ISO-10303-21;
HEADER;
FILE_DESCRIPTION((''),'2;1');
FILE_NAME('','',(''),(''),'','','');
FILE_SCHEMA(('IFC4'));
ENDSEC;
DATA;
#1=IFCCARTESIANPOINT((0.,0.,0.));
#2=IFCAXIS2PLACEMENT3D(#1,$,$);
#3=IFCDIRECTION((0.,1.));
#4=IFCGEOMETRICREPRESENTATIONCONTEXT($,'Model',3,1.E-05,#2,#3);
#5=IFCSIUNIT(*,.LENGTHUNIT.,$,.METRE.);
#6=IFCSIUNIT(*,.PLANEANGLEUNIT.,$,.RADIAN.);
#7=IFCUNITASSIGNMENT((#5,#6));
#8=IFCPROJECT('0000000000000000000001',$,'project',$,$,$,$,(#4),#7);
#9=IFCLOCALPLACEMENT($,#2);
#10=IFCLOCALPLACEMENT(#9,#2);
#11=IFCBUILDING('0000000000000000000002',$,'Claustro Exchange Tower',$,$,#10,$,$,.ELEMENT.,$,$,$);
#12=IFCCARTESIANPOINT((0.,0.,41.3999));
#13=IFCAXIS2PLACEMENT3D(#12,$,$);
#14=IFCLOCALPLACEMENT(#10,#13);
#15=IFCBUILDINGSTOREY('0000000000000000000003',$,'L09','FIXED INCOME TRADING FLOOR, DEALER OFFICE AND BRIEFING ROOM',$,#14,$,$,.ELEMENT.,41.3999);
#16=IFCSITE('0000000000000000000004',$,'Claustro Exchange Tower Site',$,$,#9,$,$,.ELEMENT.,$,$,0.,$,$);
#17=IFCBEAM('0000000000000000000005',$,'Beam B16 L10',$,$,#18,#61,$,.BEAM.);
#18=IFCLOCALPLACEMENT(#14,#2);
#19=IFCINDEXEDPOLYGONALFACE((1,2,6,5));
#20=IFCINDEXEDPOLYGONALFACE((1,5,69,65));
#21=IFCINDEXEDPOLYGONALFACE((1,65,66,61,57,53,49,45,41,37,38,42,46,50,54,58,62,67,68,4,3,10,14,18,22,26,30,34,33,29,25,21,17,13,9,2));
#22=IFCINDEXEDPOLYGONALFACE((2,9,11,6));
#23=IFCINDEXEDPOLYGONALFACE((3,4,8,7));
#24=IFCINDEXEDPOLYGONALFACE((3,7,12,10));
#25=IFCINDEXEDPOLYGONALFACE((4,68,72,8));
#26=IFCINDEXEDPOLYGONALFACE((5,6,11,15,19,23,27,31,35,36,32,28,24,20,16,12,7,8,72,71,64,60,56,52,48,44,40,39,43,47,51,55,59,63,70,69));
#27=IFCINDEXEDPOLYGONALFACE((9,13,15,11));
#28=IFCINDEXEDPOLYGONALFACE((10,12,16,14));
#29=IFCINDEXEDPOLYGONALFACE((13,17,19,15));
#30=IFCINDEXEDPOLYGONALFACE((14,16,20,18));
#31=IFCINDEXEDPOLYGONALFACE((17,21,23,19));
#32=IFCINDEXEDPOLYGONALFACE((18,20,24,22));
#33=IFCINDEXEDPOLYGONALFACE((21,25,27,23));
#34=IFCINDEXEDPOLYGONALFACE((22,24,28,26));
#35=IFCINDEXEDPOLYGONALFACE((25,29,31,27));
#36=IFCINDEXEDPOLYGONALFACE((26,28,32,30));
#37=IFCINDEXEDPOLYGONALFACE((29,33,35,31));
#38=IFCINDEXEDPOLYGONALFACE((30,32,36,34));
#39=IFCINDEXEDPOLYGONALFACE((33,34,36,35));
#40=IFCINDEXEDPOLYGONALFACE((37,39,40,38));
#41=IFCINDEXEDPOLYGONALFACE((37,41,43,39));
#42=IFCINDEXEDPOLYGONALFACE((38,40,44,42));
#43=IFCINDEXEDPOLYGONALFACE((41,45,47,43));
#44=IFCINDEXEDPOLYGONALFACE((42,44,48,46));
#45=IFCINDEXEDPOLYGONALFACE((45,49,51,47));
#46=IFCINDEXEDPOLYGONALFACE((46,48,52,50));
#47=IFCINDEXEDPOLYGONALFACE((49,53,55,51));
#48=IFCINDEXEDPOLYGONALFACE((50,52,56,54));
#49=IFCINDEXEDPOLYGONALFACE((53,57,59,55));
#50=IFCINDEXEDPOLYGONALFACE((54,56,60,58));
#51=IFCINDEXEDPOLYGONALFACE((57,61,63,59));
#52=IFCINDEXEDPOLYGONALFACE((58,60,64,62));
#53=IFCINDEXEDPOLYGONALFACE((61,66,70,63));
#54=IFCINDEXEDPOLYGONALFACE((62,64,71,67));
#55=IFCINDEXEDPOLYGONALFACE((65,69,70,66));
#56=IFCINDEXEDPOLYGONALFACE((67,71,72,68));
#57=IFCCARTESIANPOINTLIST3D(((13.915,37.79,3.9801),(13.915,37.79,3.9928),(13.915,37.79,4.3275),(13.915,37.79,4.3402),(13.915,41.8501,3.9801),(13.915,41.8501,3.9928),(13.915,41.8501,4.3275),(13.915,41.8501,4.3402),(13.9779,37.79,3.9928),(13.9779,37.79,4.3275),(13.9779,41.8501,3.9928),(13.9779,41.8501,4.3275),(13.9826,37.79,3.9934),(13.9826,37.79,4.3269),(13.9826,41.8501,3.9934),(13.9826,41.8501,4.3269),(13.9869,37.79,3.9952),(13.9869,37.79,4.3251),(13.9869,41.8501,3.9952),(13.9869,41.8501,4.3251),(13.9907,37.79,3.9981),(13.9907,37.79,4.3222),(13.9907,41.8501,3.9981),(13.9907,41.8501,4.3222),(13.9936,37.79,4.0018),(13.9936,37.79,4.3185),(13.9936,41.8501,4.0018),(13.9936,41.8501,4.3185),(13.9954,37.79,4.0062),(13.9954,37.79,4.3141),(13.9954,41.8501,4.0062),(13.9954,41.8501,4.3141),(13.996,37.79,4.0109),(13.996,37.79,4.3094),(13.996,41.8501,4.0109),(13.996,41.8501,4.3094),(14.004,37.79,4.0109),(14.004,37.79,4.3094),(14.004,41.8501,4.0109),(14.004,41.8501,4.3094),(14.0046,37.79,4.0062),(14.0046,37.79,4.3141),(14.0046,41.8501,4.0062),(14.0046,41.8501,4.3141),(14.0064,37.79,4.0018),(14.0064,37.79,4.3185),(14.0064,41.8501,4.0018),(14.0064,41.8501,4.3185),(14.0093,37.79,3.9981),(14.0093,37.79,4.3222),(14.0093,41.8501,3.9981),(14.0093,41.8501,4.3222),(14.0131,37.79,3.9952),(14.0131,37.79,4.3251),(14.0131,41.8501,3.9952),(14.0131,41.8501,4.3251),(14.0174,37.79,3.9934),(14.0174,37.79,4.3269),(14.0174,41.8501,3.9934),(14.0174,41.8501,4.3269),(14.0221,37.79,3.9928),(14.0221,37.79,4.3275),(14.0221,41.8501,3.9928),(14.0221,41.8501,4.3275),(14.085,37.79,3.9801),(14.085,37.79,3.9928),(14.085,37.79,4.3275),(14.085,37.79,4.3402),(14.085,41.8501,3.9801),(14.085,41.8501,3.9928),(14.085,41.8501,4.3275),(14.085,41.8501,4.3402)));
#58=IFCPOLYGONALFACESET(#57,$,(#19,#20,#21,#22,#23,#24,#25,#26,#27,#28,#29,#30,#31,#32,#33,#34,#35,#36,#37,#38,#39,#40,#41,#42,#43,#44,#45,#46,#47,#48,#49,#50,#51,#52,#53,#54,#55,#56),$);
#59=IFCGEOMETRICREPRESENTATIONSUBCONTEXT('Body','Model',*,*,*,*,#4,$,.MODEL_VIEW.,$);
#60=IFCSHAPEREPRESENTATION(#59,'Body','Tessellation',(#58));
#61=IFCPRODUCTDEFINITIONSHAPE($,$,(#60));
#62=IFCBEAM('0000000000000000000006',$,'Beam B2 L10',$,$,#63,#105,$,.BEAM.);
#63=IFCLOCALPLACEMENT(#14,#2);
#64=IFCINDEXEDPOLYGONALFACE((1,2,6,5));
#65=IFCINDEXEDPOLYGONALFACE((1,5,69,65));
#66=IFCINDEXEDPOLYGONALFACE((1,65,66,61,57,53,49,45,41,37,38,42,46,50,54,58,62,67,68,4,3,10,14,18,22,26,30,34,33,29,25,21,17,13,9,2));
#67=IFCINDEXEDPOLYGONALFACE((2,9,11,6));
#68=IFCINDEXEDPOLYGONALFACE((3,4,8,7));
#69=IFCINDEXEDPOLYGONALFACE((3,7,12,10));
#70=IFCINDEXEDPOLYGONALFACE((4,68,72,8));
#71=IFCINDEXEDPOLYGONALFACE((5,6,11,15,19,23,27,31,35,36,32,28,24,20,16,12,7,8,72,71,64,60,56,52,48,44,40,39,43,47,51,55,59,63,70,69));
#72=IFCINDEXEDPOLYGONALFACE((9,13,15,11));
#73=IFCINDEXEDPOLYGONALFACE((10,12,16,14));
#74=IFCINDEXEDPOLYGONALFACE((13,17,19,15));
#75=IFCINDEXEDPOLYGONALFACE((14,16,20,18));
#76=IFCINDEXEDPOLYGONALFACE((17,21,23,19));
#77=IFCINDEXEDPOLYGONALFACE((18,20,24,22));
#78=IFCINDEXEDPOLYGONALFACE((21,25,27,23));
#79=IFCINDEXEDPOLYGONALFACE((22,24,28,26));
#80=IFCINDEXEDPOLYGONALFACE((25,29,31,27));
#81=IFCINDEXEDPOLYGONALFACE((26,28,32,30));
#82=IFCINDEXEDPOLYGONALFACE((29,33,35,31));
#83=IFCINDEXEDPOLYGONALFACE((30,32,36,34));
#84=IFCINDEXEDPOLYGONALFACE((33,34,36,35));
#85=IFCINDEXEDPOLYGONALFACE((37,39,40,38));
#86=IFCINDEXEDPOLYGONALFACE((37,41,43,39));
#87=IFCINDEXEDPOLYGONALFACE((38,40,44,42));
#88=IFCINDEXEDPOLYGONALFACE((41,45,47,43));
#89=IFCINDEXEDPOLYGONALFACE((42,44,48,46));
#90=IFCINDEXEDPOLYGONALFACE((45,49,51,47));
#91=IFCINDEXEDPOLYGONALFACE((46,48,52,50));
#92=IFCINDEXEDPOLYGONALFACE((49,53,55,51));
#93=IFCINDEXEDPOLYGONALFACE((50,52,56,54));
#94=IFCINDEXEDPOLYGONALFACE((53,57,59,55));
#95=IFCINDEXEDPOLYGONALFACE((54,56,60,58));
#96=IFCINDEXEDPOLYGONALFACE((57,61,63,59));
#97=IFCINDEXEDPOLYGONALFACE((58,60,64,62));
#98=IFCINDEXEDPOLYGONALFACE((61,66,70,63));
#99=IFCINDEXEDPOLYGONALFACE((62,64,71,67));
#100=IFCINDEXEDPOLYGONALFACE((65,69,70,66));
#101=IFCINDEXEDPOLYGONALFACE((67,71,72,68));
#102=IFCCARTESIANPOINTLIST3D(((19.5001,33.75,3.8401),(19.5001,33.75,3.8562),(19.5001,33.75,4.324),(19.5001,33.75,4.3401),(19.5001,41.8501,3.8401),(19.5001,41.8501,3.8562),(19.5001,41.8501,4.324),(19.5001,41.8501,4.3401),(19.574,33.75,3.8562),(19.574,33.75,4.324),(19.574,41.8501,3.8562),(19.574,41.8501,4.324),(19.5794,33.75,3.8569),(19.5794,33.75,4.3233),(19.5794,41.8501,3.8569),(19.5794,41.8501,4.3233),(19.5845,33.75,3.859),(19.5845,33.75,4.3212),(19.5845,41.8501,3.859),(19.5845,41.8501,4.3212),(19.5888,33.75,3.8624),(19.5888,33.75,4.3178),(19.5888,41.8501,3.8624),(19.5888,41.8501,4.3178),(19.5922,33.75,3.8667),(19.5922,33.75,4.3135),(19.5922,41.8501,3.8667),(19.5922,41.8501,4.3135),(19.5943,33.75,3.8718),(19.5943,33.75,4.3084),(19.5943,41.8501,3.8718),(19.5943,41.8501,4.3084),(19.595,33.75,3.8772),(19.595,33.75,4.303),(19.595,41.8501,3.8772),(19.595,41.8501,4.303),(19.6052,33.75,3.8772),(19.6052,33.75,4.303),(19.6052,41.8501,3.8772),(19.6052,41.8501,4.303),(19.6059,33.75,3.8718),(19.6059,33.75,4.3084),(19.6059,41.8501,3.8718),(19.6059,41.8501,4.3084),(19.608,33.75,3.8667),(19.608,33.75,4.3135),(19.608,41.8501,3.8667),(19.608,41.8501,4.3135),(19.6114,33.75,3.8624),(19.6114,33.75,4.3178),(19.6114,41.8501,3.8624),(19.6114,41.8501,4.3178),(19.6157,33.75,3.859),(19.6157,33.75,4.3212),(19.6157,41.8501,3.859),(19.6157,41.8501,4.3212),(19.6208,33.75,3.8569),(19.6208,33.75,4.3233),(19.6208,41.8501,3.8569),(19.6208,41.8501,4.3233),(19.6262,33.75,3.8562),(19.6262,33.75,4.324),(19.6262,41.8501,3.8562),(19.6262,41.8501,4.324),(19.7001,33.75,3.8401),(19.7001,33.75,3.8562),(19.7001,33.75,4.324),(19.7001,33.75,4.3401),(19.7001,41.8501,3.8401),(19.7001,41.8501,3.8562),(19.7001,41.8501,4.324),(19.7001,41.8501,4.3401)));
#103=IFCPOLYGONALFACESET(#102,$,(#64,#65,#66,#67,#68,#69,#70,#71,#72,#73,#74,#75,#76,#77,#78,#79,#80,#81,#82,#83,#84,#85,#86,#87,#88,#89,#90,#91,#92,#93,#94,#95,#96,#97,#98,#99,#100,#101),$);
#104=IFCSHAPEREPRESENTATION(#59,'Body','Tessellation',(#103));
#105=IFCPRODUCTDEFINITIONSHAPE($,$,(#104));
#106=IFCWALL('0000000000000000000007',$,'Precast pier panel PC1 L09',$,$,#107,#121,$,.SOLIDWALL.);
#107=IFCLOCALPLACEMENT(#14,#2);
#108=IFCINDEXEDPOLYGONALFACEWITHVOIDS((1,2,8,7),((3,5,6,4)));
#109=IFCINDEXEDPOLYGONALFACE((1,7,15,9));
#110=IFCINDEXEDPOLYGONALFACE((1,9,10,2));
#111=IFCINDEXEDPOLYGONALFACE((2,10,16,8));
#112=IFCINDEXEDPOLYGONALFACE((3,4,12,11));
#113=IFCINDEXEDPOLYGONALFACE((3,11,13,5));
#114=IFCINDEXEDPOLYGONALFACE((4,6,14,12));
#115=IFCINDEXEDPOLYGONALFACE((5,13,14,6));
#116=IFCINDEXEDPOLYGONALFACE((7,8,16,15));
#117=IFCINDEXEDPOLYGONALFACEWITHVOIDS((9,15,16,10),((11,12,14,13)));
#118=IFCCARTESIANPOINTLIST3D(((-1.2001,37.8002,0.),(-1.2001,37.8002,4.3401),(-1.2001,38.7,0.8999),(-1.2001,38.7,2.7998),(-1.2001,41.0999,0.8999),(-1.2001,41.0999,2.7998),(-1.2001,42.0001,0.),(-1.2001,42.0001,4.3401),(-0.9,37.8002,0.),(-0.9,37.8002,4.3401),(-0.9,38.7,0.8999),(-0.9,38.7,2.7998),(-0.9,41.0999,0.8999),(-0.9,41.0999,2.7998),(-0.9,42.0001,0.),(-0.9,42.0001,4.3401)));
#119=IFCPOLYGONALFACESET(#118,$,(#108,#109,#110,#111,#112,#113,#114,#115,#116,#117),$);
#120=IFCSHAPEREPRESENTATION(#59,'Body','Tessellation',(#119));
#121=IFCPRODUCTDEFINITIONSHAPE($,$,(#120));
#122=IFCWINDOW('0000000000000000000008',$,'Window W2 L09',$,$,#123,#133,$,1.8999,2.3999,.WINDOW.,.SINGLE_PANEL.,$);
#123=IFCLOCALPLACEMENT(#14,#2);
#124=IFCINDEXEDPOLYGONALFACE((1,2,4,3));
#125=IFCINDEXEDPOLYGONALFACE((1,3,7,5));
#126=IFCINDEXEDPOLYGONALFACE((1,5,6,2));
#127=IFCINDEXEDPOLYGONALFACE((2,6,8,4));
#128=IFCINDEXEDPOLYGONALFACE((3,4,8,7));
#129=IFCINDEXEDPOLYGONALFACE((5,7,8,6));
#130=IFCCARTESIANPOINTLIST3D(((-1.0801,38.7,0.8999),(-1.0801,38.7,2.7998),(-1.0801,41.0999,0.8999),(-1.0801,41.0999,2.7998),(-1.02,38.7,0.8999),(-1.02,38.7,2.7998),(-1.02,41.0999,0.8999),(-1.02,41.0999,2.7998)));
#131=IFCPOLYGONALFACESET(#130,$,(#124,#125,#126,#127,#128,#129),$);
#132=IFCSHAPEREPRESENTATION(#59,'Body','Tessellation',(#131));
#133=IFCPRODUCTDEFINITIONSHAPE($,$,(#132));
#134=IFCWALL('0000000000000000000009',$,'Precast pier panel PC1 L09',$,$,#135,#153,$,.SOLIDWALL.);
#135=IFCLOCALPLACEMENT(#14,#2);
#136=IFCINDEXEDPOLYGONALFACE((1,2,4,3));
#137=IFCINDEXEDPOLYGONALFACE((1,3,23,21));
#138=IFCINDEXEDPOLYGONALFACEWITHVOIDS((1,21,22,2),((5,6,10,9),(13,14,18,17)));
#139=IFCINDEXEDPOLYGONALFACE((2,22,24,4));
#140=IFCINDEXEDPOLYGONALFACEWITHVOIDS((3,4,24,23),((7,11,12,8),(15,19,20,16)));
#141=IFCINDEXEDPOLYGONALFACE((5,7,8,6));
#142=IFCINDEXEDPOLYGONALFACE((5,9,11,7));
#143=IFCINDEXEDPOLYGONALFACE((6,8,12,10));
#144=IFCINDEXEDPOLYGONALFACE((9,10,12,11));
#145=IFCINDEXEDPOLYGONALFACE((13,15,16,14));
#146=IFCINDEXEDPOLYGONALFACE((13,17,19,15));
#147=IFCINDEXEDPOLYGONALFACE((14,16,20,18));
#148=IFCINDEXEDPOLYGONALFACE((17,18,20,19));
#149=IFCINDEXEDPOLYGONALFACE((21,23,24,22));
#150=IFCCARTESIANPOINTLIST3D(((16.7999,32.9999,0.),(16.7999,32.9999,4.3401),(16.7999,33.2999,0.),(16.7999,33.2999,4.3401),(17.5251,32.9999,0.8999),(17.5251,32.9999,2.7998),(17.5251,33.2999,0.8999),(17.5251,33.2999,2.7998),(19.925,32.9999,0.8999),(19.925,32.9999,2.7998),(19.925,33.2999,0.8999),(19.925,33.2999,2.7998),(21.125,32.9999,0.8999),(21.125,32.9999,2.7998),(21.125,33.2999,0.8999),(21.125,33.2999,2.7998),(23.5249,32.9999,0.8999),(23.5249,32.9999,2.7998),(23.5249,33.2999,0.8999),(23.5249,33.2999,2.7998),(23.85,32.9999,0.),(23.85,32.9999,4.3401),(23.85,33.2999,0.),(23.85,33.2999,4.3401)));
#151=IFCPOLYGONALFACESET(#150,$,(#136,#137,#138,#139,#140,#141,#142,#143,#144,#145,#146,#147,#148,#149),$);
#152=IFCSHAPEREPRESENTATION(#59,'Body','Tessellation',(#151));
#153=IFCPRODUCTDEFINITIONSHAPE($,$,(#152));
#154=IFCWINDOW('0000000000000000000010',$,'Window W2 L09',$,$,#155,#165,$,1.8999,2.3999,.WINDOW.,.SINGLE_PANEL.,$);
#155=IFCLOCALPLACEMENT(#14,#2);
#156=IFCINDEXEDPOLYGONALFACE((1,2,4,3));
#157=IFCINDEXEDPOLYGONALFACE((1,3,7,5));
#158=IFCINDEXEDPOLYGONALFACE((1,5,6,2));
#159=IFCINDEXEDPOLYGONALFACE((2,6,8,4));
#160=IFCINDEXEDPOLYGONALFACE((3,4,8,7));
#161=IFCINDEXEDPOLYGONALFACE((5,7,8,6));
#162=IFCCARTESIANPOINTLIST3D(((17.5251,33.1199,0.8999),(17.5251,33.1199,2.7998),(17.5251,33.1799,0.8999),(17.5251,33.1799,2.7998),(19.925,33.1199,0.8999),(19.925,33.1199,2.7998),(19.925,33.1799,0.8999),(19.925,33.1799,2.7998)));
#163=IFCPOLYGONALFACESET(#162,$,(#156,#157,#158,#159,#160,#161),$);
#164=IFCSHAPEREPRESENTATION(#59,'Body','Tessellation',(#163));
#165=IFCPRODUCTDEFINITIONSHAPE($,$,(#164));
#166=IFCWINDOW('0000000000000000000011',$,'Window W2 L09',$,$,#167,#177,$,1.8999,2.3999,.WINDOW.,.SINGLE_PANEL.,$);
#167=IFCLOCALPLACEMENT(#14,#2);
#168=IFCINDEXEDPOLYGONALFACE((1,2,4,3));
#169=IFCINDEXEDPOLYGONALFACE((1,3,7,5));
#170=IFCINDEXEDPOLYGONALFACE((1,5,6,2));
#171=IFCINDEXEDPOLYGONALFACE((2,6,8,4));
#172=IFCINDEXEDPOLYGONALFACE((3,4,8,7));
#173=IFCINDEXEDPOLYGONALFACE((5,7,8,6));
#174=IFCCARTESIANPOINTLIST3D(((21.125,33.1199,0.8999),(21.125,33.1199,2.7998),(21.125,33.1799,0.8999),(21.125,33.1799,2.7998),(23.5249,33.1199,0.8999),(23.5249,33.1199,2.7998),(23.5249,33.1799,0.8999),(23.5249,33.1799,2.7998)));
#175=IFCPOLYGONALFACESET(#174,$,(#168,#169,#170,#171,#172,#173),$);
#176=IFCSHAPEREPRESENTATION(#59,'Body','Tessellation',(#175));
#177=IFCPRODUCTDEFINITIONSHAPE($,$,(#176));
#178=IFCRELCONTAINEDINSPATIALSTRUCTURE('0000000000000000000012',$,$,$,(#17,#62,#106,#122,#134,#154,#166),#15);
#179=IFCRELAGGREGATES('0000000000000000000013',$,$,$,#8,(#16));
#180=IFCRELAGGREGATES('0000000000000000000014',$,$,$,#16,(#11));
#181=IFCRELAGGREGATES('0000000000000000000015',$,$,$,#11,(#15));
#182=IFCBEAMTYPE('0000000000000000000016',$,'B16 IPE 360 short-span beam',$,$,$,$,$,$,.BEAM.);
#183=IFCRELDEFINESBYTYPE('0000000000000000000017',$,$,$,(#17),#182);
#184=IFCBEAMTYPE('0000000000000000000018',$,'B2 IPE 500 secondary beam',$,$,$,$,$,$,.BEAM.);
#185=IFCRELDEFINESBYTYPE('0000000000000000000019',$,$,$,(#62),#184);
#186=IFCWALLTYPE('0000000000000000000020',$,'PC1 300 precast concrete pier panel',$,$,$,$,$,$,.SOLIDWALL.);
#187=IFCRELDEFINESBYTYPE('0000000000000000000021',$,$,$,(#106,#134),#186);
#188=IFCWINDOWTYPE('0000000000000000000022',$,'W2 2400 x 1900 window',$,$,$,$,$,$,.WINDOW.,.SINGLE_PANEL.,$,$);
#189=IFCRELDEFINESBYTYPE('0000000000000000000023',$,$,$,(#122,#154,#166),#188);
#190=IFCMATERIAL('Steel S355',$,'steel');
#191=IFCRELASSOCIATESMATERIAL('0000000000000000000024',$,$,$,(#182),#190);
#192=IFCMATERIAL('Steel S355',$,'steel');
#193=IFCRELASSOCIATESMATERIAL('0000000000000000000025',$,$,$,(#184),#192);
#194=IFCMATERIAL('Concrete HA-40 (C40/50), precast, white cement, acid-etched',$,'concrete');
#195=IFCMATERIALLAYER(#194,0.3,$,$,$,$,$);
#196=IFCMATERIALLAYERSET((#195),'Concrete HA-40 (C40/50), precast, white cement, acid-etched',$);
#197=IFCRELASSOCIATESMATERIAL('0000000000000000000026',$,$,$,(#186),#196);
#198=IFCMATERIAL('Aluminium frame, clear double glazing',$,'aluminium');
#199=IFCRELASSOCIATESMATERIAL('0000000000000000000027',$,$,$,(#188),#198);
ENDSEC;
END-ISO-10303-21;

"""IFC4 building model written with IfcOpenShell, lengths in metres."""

from ifc_helpers import new_model, si_unit, direction, frame, frame_2d, origin, origin_2d, place, context, subcontext, project, spatial, rectangle, i_section, extrude, material, layer, layer_set, material_profile, profile_set, type_object, element, fill, save


model = new_model("IFC4")

# Units and contexts
model_context = context("Model", 3, precision=1e-05, world=origin(), true_north=direction((0.0, 1.0)))
body_context = subcontext(model_context, "Body", "Model", "MODEL_VIEW")
ifc_project = project(units=[si_unit("LENGTHUNIT", "METRE"), si_unit("PLANEANGLEUNIT", "RADIAN")], contexts=[model_context])

# Site, building, storey
site_placement = place(None, origin())
site = spatial("IfcSite", under=ifc_project, at=site_placement, Name="Claustro Exchange Tower Site", CompositionType="ELEMENT", RefElevation=0.0)
building_placement = place(site_placement, origin())
building = spatial("IfcBuilding", under=site, at=building_placement, Name="Claustro Exchange Tower", CompositionType="ELEMENT")
storey_placement = place(building_placement, frame((0.0, 0.0, 41.3999)))
storey = spatial("IfcBuildingStorey", under=building, at=storey_placement, Name="L09", Description="FIXED INCOME TRADING FLOOR, DEALER OFFICE AND BRIEFING ROOM", CompositionType="ELEMENT", Elevation=41.3999)

# Beams
ifc_material_1 = material(Name="Steel S355", Category="steel")
ifc_material_profile_1 = material_profile(ifc_material_1, i_section(OverallWidth=0.1699, OverallDepth=0.3601, WebThickness=0.0081, FlangeThickness=0.0127, FilletRadius=0.0181, at=origin_2d()), Name="IPE 360")
ifc_profile_set_1 = profile_set([ifc_material_profile_1], Name="Steel S355")
beam_type_1 = type_object("IfcBeamType", Name="B16 IPE 360 short-span beam", PredefinedType="BEAM", material=ifc_profile_set_1)
for number, where, z_axis, x_axis, name in (
    (1, (14.0, 37.79, 4.1602), (0.0, 1.0, 0.0), (-1.0, 0.0, 0.0), "Beam B16 L10"),
):
    element("IfcBeam", number, at=place(storey_placement, frame(where, z_axis=z_axis, x_axis=x_axis)), inside=storey, type_object=beam_type_1, Name=name, PredefinedType="BEAM", context=body_context, shape_type="SweptSolid", body=[
        extrude(i_section(OverallWidth=0.1699, OverallDepth=0.3601, WebThickness=0.0081, FlangeThickness=0.0127, FilletRadius=0.0181, at=origin_2d()), origin(), (0.0, 0.0, 1.0), 4.0601),
    ])
ifc_material_2 = material(Name="Steel S355", Category="steel")
ifc_material_profile_2 = material_profile(ifc_material_2, i_section(OverallWidth=0.2, OverallDepth=0.5, WebThickness=0.0103, FlangeThickness=0.0161, FilletRadius=0.021, at=origin_2d()), Name="IPE 500")
ifc_profile_set_2 = profile_set([ifc_material_profile_2], Name="Steel S355")
beam_type_2 = type_object("IfcBeamType", Name="B2 IPE 500 secondary beam", PredefinedType="BEAM", material=ifc_profile_set_2)
beam_1_placement = place(storey_placement, frame((19.6001, 33.75, 4.0901), z_axis=(0.0, 1.0, 0.0), x_axis=(-1.0, 0.0, 0.0)))
element("IfcBeam", 2, at=beam_1_placement, inside=storey, type_object=beam_type_2, Name="Beam B2 L10", PredefinedType="BEAM", context=body_context, shape_type="SweptSolid", body=[
    extrude(i_section(OverallWidth=0.2, OverallDepth=0.5, WebThickness=0.0103, FlangeThickness=0.0161, FilletRadius=0.021, at=origin_2d()), origin(), (0.0, 0.0, 1.0), 8.1001),
])

# Wall, opening, window
ifc_material_3 = material(Name="Concrete HA-40 (C40/50), precast, white cement, acid-etched", Category="concrete")
ifc_layer_1 = layer(ifc_material_3, 0.3)
ifc_layer_set_1 = layer_set([ifc_layer_1], Name="Concrete HA-40 (C40/50), precast, white cement, acid-etched")
wall_type_1 = type_object("IfcWallType", Name="PC1 300 precast concrete pier panel", PredefinedType="SOLIDWALL", material=ifc_layer_set_1)
wall_1_placement = place(storey_placement, frame((-1.05, 37.8, 0.0), z_axis=(0.0, 0.0, 1.0), x_axis=(0.0, 1.0, 0.0)))
wall_1 = element("IfcWall", 3, at=wall_1_placement, inside=storey, type_object=wall_type_1, Name="Precast pier panel PC1 L09", PredefinedType="SOLIDWALL", context=body_context, shape_type="SweptSolid", body=[
    extrude(rectangle(XDim=4.2, YDim=0.3, at=frame_2d((2.1001, 0.0))), origin(), (0.0, 0.0, 1.0), 4.3401),
])
opening_1_placement = place(wall_1_placement, frame((0.8999, 0.0, 0.8999)))
opening_1 = element("IfcOpeningElement", 4, at=opening_1_placement, cuts=wall_1, PredefinedType="OPENING", context=body_context, shape_type="SweptSolid", body=[
    extrude(rectangle(XDim=2.3999, YDim=1.8999, at=frame_2d((1.2, 0.95))), frame((0.0, 0.1599, 0.0), z_axis=(0.0, -1.0, 0.0), x_axis=(1.0, 0.0, 0.0)), (0.0, 0.0, 1.0), 0.3201),
])
ifc_material_4 = material(Name="Aluminium frame, clear double glazing", Category="aluminium")
window_type = type_object("IfcWindowType", Name="W2 2400 x 1900 window", PartitioningType="SINGLE_PANEL", PredefinedType="WINDOW", material=ifc_material_4)
window_1_placement = place(opening_1_placement, origin())
window_1 = element("IfcWindow", 5, at=window_1_placement, inside=storey, type_object=window_type, Name="Window W2 L09", OverallHeight=1.8999, OverallWidth=2.3999, PartitioningType="SINGLE_PANEL", PredefinedType="WINDOW", context=body_context, shape_type="SweptSolid", body=[
    extrude(rectangle(XDim=2.3999, YDim=1.8999, at=frame_2d((1.2, 0.95))), frame((0.0, 0.03, 0.0), z_axis=(0.0, -1.0, 0.0), x_axis=(1.0, 0.0, 0.0)), (0.0, 0.0, 1.0), 0.0601),
])
fill(opening_1, window_1)

# Wall, openings, windows
wall_2_placement = place(storey_placement, frame((16.8, 33.1499, 0.0), z_axis=(0.0, 0.0, 1.0), x_axis=(1.0, 0.0, 0.0)))
wall_2 = element("IfcWall", 6, at=wall_2_placement, inside=storey, type_object=wall_type_1, Name="Precast pier panel PC1 L09", PredefinedType="SOLIDWALL", context=body_context, shape_type="SweptSolid", body=[
    extrude(rectangle(XDim=7.05, YDim=0.3, at=frame_2d((3.5249, 0.0))), origin(), (0.0, 0.0, 1.0), 4.3401),
])
opening_2_placement = place(wall_2_placement, frame((0.7251, 0.0, 0.8999)))
opening_2 = element("IfcOpeningElement", 7, at=opening_2_placement, cuts=wall_2, PredefinedType="OPENING", context=body_context, shape_type="SweptSolid", body=[
    extrude(rectangle(XDim=2.3999, YDim=1.8999, at=frame_2d((1.2, 0.95))), frame((0.0, 0.1599, 0.0), z_axis=(0.0, -1.0, 0.0), x_axis=(1.0, 0.0, 0.0)), (0.0, 0.0, 1.0), 0.3201),
])
opening_3_placement = place(wall_2_placement, frame((4.325, 0.0, 0.8999)))
opening_3 = element("IfcOpeningElement", 8, at=opening_3_placement, cuts=wall_2, PredefinedType="OPENING", context=body_context, shape_type="SweptSolid", body=[
    extrude(rectangle(XDim=2.3999, YDim=1.8999, at=frame_2d((1.2, 0.95))), frame((0.0, 0.1599, 0.0), z_axis=(0.0, -1.0, 0.0), x_axis=(1.0, 0.0, 0.0)), (0.0, 0.0, 1.0), 0.3201),
])
window_2_placement = place(opening_2_placement, origin())
window_2 = element("IfcWindow", 9, at=window_2_placement, inside=storey, type_object=window_type, Name="Window W2 L09", OverallHeight=1.8999, OverallWidth=2.3999, PartitioningType="SINGLE_PANEL", PredefinedType="WINDOW", context=body_context, shape_type="SweptSolid", body=[
    extrude(rectangle(XDim=2.3999, YDim=1.8999, at=frame_2d((1.2, 0.95))), frame((0.0, 0.03, 0.0), z_axis=(0.0, -1.0, 0.0), x_axis=(1.0, 0.0, 0.0)), (0.0, 0.0, 1.0), 0.0601),
])
fill(opening_2, window_2)
window_3_placement = place(opening_3_placement, origin())
window_3 = element("IfcWindow", 10, at=window_3_placement, inside=storey, type_object=window_type, Name="Window W2 L09", OverallHeight=1.8999, OverallWidth=2.3999, PartitioningType="SINGLE_PANEL", PredefinedType="WINDOW", context=body_context, shape_type="SweptSolid", body=[
    extrude(rectangle(XDim=2.3999, YDim=1.8999, at=frame_2d((1.2, 0.95))), frame((0.0, 0.03, 0.0), z_axis=(0.0, -1.0, 0.0), x_axis=(1.0, 0.0, 0.0)), (0.0, 0.0, 1.0), 0.0601),
])
fill(opening_3, window_3)

save(model, "model.ifc")
